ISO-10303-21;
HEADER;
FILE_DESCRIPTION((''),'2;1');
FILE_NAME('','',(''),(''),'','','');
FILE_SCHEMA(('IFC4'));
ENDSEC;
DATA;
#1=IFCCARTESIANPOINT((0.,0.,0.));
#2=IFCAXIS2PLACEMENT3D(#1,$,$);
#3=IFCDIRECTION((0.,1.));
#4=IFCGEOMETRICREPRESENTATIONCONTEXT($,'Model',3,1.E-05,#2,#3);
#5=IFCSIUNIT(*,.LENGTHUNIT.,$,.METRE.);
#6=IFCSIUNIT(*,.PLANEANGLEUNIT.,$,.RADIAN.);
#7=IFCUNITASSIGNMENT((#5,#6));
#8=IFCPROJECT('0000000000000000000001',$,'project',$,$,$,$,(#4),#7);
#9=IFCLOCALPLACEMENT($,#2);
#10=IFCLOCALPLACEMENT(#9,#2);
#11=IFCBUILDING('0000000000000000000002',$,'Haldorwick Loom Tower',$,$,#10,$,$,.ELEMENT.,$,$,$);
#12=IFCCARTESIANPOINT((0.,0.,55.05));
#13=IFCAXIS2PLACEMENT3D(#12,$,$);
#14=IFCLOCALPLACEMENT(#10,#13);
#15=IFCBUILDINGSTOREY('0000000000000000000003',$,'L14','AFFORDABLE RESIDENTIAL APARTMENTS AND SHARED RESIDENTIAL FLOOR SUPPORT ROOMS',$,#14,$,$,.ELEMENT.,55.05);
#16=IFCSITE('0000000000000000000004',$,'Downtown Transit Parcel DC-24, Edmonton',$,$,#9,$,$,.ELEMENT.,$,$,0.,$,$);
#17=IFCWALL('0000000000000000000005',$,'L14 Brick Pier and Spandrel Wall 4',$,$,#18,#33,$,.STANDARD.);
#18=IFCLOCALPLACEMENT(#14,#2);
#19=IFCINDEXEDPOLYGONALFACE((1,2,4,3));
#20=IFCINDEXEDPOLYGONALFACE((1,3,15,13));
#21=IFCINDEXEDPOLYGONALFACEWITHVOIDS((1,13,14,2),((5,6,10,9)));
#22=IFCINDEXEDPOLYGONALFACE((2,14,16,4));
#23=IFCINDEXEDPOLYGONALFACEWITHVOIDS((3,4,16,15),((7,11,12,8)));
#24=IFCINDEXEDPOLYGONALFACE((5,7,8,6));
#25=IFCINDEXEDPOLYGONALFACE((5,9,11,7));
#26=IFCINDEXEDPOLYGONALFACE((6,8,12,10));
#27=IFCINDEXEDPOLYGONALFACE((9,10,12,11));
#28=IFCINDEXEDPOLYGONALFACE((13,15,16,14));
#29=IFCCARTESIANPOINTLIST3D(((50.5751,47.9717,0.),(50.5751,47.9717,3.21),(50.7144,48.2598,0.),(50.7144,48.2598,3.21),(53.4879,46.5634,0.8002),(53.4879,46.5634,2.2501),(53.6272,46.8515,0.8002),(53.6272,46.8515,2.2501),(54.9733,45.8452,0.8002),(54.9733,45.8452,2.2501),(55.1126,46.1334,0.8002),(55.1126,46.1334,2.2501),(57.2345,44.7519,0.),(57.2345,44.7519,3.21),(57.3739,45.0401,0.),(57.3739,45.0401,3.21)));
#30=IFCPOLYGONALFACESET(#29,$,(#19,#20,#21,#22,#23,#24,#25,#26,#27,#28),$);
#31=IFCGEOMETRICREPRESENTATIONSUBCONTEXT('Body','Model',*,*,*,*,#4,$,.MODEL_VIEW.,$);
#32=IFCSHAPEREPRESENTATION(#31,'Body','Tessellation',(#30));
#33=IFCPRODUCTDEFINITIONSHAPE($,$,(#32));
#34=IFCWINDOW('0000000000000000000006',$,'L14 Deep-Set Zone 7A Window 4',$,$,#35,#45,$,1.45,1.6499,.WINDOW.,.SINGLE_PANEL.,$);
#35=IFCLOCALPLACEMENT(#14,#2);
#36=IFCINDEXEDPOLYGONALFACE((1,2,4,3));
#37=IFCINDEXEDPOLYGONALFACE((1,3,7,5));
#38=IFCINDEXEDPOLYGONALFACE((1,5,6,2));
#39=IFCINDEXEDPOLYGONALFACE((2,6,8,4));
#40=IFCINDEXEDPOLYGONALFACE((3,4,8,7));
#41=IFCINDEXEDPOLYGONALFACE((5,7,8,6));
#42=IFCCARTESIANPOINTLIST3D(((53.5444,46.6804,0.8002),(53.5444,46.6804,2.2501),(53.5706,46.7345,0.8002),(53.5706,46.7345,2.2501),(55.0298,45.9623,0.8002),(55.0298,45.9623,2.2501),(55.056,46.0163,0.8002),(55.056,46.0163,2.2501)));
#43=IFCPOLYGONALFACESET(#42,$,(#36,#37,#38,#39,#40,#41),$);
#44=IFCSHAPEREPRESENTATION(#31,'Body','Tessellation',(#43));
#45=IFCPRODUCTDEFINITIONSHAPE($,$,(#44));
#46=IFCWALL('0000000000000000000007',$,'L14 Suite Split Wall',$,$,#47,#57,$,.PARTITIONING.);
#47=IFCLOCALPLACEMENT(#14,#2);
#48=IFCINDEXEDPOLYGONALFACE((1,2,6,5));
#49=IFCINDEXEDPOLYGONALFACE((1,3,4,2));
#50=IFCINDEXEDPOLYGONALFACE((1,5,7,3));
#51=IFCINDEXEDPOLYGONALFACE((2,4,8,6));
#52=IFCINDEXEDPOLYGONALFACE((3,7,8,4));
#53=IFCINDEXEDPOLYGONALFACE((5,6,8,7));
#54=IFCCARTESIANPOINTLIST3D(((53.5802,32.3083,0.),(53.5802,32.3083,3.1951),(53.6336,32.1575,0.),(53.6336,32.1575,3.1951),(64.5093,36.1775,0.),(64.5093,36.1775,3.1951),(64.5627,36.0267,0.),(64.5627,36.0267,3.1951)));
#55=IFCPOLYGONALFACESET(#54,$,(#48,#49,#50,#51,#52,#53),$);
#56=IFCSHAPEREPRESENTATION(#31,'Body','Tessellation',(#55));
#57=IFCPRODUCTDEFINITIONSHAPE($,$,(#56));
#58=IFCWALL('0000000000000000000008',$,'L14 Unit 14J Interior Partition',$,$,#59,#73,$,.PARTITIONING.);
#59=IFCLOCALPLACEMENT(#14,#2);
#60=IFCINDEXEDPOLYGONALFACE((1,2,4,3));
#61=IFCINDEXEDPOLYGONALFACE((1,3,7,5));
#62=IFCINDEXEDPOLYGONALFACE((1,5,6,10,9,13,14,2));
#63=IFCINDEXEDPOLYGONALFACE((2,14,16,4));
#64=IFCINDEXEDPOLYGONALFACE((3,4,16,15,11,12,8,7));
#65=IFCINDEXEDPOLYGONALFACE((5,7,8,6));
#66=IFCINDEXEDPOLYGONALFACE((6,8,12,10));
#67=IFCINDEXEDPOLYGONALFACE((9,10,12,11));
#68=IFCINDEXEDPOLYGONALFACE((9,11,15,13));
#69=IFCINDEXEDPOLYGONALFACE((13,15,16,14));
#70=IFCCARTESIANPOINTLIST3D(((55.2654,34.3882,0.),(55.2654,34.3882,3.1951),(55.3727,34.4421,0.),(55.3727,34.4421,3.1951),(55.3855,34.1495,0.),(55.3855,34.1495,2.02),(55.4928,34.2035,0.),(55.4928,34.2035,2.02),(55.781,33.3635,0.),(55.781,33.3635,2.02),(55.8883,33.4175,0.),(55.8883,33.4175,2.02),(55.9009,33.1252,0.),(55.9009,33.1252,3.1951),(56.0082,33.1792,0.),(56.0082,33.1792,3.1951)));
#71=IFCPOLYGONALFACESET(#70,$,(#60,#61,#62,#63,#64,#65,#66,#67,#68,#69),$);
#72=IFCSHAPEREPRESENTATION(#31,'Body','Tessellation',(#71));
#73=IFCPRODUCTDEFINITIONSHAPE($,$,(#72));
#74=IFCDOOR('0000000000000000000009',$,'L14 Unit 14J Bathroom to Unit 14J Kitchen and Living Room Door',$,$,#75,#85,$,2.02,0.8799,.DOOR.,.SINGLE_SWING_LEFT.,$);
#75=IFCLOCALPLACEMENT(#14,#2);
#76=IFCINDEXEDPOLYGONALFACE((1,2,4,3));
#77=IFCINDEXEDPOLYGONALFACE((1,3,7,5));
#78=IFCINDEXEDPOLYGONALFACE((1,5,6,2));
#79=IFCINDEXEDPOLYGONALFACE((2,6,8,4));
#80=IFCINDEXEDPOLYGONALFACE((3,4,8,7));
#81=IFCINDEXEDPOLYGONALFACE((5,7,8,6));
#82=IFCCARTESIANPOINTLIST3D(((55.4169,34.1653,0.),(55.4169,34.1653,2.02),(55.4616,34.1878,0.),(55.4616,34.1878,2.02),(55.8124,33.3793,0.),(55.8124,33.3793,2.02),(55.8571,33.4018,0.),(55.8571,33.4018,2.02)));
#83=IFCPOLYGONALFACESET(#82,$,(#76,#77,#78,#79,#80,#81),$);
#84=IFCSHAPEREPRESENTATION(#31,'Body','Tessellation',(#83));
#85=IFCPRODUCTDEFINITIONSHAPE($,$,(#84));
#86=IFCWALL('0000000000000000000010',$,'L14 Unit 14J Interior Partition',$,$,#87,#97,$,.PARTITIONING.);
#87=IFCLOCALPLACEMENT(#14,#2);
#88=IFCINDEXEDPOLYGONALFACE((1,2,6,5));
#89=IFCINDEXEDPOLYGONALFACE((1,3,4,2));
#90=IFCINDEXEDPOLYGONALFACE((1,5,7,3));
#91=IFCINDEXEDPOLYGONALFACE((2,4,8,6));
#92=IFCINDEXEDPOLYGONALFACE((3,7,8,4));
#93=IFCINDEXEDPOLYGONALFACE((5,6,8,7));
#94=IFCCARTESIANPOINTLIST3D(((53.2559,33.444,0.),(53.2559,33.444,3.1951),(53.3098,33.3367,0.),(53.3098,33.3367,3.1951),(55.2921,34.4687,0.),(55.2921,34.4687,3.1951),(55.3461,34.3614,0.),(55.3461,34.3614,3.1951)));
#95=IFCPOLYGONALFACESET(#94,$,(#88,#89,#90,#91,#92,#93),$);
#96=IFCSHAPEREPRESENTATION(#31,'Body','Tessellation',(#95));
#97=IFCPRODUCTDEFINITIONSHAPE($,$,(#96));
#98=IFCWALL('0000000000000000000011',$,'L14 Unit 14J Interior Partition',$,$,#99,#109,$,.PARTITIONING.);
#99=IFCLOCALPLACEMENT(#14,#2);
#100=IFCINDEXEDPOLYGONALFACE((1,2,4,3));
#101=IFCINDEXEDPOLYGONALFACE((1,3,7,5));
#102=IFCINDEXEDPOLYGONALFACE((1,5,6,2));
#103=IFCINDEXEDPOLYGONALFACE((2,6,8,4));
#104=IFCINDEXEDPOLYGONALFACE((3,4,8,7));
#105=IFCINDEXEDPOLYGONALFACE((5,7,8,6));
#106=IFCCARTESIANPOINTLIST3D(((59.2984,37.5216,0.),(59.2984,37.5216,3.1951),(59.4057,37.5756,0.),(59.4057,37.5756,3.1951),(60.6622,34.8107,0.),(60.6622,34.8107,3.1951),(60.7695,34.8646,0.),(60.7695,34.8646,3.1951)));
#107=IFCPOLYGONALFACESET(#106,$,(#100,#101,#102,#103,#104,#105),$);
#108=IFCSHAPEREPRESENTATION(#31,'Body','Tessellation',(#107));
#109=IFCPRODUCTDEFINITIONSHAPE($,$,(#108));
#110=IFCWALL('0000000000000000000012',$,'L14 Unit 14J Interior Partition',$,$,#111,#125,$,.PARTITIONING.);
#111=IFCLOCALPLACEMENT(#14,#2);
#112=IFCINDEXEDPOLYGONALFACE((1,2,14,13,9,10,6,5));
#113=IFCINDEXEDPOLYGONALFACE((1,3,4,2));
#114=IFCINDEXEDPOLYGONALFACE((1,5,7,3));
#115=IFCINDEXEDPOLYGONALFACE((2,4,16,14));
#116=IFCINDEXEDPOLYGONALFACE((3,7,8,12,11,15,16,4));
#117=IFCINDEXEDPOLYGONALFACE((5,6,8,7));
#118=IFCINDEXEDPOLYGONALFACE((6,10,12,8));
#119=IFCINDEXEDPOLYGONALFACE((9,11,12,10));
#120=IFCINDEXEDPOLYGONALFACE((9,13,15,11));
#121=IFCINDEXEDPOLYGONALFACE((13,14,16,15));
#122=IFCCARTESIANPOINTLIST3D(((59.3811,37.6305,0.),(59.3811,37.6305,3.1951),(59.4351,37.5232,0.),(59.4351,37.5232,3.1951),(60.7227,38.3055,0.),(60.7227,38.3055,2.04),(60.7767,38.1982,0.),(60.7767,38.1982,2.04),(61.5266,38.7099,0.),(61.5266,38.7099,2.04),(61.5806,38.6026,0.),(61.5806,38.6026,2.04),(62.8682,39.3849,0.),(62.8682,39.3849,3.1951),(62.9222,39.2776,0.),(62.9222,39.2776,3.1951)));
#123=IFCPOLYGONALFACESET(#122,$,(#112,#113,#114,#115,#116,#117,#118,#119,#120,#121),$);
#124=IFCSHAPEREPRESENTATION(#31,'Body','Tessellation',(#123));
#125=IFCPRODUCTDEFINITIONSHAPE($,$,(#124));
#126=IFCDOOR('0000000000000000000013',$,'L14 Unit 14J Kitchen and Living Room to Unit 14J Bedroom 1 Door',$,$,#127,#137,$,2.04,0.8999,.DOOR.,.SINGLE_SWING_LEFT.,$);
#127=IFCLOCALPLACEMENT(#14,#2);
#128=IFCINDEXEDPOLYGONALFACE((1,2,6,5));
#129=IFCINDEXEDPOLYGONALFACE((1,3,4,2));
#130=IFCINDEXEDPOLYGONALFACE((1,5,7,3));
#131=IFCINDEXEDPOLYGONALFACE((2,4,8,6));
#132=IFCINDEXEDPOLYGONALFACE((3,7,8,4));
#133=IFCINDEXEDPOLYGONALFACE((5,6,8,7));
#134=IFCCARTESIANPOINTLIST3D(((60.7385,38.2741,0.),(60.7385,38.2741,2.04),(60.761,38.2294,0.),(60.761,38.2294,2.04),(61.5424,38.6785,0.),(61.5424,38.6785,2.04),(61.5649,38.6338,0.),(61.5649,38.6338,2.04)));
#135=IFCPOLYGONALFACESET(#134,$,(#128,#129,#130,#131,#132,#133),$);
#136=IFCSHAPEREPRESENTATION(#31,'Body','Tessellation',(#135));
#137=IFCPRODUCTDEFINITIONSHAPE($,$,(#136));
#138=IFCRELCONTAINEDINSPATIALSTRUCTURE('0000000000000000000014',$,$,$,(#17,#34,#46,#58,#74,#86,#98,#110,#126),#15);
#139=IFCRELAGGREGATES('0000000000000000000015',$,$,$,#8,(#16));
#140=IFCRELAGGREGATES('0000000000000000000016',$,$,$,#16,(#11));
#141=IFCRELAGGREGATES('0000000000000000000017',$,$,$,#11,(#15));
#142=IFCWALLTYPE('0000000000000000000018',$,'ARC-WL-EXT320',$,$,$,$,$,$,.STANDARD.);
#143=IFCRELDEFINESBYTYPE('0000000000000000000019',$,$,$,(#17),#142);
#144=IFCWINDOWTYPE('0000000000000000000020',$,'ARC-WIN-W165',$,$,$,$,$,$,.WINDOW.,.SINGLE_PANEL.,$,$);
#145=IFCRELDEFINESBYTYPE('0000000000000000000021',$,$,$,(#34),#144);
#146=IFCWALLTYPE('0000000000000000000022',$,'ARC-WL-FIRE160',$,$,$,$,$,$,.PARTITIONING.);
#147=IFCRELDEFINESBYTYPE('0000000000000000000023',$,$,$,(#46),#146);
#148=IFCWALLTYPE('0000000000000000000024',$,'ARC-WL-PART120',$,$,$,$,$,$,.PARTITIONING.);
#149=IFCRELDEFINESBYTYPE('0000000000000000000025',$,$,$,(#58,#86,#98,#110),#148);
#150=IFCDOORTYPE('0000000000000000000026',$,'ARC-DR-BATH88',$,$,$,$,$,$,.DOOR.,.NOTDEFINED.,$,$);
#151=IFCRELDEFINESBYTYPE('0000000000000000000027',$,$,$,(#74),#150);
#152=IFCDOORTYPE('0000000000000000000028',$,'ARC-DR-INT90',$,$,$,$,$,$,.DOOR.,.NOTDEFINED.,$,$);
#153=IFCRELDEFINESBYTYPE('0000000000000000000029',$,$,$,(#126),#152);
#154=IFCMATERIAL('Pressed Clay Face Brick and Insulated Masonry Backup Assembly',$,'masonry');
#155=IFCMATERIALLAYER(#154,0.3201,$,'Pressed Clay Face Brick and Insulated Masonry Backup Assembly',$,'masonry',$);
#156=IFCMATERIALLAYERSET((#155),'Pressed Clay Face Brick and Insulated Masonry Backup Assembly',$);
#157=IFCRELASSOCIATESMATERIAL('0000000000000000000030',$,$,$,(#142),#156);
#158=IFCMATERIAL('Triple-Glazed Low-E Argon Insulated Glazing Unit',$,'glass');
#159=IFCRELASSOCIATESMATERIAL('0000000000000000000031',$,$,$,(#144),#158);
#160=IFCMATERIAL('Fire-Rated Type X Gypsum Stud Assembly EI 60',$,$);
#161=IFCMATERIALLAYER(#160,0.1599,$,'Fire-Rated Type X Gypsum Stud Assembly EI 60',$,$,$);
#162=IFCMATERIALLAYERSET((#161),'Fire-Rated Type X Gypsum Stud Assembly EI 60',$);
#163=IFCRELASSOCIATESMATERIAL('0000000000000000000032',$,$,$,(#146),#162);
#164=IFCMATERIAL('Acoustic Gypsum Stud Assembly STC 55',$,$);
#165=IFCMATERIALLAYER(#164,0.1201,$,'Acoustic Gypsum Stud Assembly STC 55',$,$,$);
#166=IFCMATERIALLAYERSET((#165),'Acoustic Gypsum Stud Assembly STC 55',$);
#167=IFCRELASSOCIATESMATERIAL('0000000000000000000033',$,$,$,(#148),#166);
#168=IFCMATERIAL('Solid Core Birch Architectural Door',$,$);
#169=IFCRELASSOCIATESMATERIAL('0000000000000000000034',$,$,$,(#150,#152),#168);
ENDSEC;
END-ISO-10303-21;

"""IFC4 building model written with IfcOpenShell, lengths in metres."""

from ifc_helpers import new_model, si_unit, direction, frame, frame_2d, origin, place, context, subcontext, project, spatial, rectangle, extrude, material, layer, layer_set, type_object, element, fill, save


model = new_model("IFC4")

# Units and contexts
model_context = context("Model", 3, precision=1e-05, world=origin(), true_north=direction((0.0, 1.0)))
body_context = subcontext(model_context, "Body", "Model", "MODEL_VIEW")
ifc_project = project(units=[si_unit("LENGTHUNIT", "METRE"), si_unit("PLANEANGLEUNIT", "RADIAN")], contexts=[model_context])

# Site, building, storey
site_placement = place(None, origin())
site = spatial("IfcSite", under=ifc_project, at=site_placement, Name="Downtown Transit Parcel DC-24, Edmonton", CompositionType="ELEMENT", RefElevation=0.0)
building_placement = place(site_placement, origin())
building = spatial("IfcBuilding", under=site, at=building_placement, Name="Haldorwick Loom Tower", CompositionType="ELEMENT")
storey_placement = place(building_placement, frame((0.0, 0.0, 55.05)))
storey = spatial("IfcBuildingStorey", under=building, at=storey_placement, Name="L14", Description="AFFORDABLE RESIDENTIAL APARTMENTS AND SHARED RESIDENTIAL FLOOR SUPPORT ROOMS", CompositionType="ELEMENT", Elevation=55.05)

# Wall, opening, window
ifc_material_1 = material(Name="Pressed Clay Face Brick and Insulated Masonry Backup Assembly", Category="masonry")
ifc_layer_1 = layer(ifc_material_1, 0.3201, Name="Pressed Clay Face Brick and Insulated Masonry Backup Assembly", Category="masonry")
ifc_layer_set_1 = layer_set([ifc_layer_1], Name="Pressed Clay Face Brick and Insulated Masonry Backup Assembly")
wall_type_1 = type_object("IfcWallType", Name="ARC-WL-EXT320", PredefinedType="STANDARD", material=ifc_layer_set_1)
ifc_material_2 = material(Name="Triple-Glazed Low-E Argon Insulated Glazing Unit", Category="glass")
window_type = type_object("IfcWindowType", Name="ARC-WIN-W165", PartitioningType="SINGLE_PANEL", PredefinedType="WINDOW", material=ifc_material_2)
wall_1_placement = place(storey_placement, frame((57.3042, 44.896, 0.0), z_axis=(0.0, 0.0, 1.0), x_axis=(-0.900296, 0.435279, 0.0)))
wall_1 = element("IfcWall", 1, at=wall_1_placement, inside=storey, type_object=wall_type_1, Name="L14 Brick Pier and Spandrel Wall 4", PredefinedType="STANDARD", context=body_context, shape_type="SweptSolid", body=[
    extrude(rectangle(XDim=7.397, YDim=0.3201, at=frame_2d((3.6985, 0.0))), origin(), (0.0, 0.0, 1.0), 3.21),
])
opening_1_placement = place(wall_1_placement, frame((2.5117, 0.0, 0.8)))
opening_1 = element("IfcOpeningElement", 2, at=opening_1_placement, cuts=wall_1, PredefinedType="OPENING", context=body_context, shape_type="SweptSolid", body=[
    extrude(rectangle(XDim=1.6499, YDim=1.45, at=frame_2d((0.825, 0.7251))), frame((0.0, 0.1699, 0.0), z_axis=(0.0, -1.0, 0.0), x_axis=(1.0, 0.0, 0.0)), (0.0, 0.0, 1.0), 0.3401),
])
window_1_placement = place(opening_1_placement, origin())
window_1 = element("IfcWindow", 3, at=window_1_placement, inside=storey, type_object=window_type, Name="L14 Deep-Set Zone 7A Window 4", OverallHeight=1.45, OverallWidth=1.6499, PartitioningType="SINGLE_PANEL", PredefinedType="WINDOW", context=body_context, shape_type="SweptSolid", body=[
    extrude(rectangle(XDim=1.6499, YDim=1.45, at=frame_2d((0.825, 0.7251))), frame((0.0, 0.03, 0.0), z_axis=(0.0, -1.0, 0.0), x_axis=(1.0, 0.0, 0.0)), (0.0, 0.0, 1.0), 0.0601),
])
fill(opening_1, window_1)

# Wall
ifc_material_3 = material(Name="Fire-Rated Type X Gypsum Stud Assembly EI 60")
ifc_layer_2 = layer(ifc_material_3, 0.1599, Name="Fire-Rated Type X Gypsum Stud Assembly EI 60")
ifc_layer_set_2 = layer_set([ifc_layer_2], Name="Fire-Rated Type X Gypsum Stud Assembly EI 60")
wall_type_2 = type_object("IfcWallType", Name="ARC-WL-FIRE160", PredefinedType="PARTITIONING", material=ifc_layer_set_2)
wall_2_placement = place(storey_placement, frame((53.6069, 32.2329, 0.0), z_axis=(0.0, 0.0, 1.0), x_axis=(0.942669, 0.33373, 0.0)))
element("IfcWall", 4, at=wall_2_placement, inside=storey, type_object=wall_type_2, Name="L14 Suite Split Wall", PredefinedType="PARTITIONING", context=body_context, shape_type="SweptSolid", body=[
    extrude(rectangle(XDim=11.5938, YDim=0.1599, at=frame_2d((5.7969, 0.0))), origin(), (0.0, 0.0, 1.0), 3.1951),
])

# Wall, opening, door
ifc_material_4 = material(Name="Acoustic Gypsum Stud Assembly STC 55")
ifc_layer_3 = layer(ifc_material_4, 0.1201, Name="Acoustic Gypsum Stud Assembly STC 55")
ifc_layer_set_3 = layer_set([ifc_layer_3], Name="Acoustic Gypsum Stud Assembly STC 55")
wall_type_3 = type_object("IfcWallType", Name="ARC-WL-PART120", PredefinedType="PARTITIONING", material=ifc_layer_set_3)
wall_3_placement = place(storey_placement, frame((55.9546, 33.1521, 0.0), z_axis=(0.0, 0.0, 1.0), x_axis=(-0.449492, 0.893285, 0.0)))
wall_3 = element("IfcWall", 5, at=wall_3_placement, inside=storey, type_object=wall_type_3, Name="L14 Unit 14J Interior Partition", PredefinedType="PARTITIONING", context=body_context, shape_type="SweptSolid", body=[
    extrude(rectangle(XDim=1.4138, YDim=0.1201, at=frame_2d((0.707, 0.0))), origin(), (0.0, 0.0, 1.0), 3.1951),
])
opening_2_placement = place(wall_3_placement, frame((0.2668, 0.0, 0.0)))
opening_2 = element("IfcOpeningElement", 6, at=opening_2_placement, cuts=wall_3, PredefinedType="OPENING", context=body_context, shape_type="SweptSolid", body=[
    extrude(rectangle(XDim=0.8799, YDim=2.02, at=frame_2d((0.4399, 1.01))), frame((0.0, 0.0701, 0.0), z_axis=(0.0, -1.0, 0.0), x_axis=(1.0, 0.0, 0.0)), (0.0, 0.0, 1.0), 0.1401),
])
ifc_material_5 = material(Name="Solid Core Birch Architectural Door")
door_type_1 = type_object("IfcDoorType", Name="ARC-DR-BATH88", OperationType="NOTDEFINED", PredefinedType="DOOR", material=ifc_material_5)
door_1_placement = place(opening_2_placement, origin())
door_1 = element("IfcDoor", 7, at=door_1_placement, inside=storey, type_object=door_type_1, Name="L14 Unit 14J Bathroom to Unit 14J Kitchen and Living Room Door", OperationType="SINGLE_SWING_LEFT", OverallHeight=2.02, OverallWidth=0.8799, PredefinedType="DOOR", context=body_context, shape_type="SweptSolid", body=[
    extrude(rectangle(XDim=0.8799, YDim=2.02, at=frame_2d((0.4399, 1.01))), frame((0.0, 0.0249, 0.0), z_axis=(0.0, -1.0, 0.0), x_axis=(1.0, 0.0, 0.0)), (0.0, 0.0, 1.0), 0.05),
])
fill(opening_2, door_1)

# Walls
wall_4_placement = place(storey_placement, frame((53.283, 33.3904, 0.0), z_axis=(0.0, 0.0, 1.0), x_axis=(0.893267, 0.449526, 0.0)))
element("IfcWall", 8, at=wall_4_placement, inside=storey, type_object=wall_type_3, Name="L14 Unit 14J Interior Partition", PredefinedType="PARTITIONING", context=body_context, shape_type="SweptSolid", body=[
    extrude(rectangle(XDim=2.2795, YDim=0.1201, at=frame_2d((1.1396, 0.0))), origin(), (0.0, 0.0, 1.0), 3.1951),
])
wall_5_placement = place(storey_placement, frame((60.7158, 34.8376, 0.0), z_axis=(0.0, 0.0, 1.0), x_axis=(-0.449401, 0.89333, 0.0)))
element("IfcWall", 9, at=wall_5_placement, inside=storey, type_object=wall_type_3, Name="L14 Unit 14J Interior Partition", PredefinedType="PARTITIONING", context=body_context, shape_type="SweptSolid", body=[
    extrude(rectangle(XDim=3.0347, YDim=0.1201, at=frame_2d((1.5173, 0.0))), origin(), (0.0, 0.0, 1.0), 3.1951),
])

# Wall, opening, door
wall_6_placement = place(storey_placement, frame((59.4082, 37.5769, 0.0), z_axis=(0.0, 0.0, 1.0), x_axis=(0.893311, 0.449439, 0.0)))
wall_6 = element("IfcWall", 10, at=wall_6_placement, inside=storey, type_object=wall_type_3, Name="L14 Unit 14J Interior Partition", PredefinedType="PARTITIONING", context=body_context, shape_type="SweptSolid", body=[
    extrude(rectangle(XDim=3.9036, YDim=0.1201, at=frame_2d((1.9517, 0.0))), origin(), (0.0, 0.0, 1.0), 3.1951),
])
opening_3_placement = place(wall_6_placement, frame((1.5017, 0.0, 0.0)))
opening_3 = element("IfcOpeningElement", 11, at=opening_3_placement, cuts=wall_6, PredefinedType="OPENING", context=body_context, shape_type="SweptSolid", body=[
    extrude(rectangle(XDim=0.8999, YDim=2.04, at=frame_2d((0.45, 1.02))), frame((0.0, 0.0701, 0.0), z_axis=(0.0, -1.0, 0.0), x_axis=(1.0, 0.0, 0.0)), (0.0, 0.0, 1.0), 0.1401),
])
door_type_2 = type_object("IfcDoorType", Name="ARC-DR-INT90", OperationType="NOTDEFINED", PredefinedType="DOOR", material=ifc_material_5)
door_2_placement = place(opening_3_placement, origin())
door_2 = element("IfcDoor", 12, at=door_2_placement, inside=storey, type_object=door_type_2, Name="L14 Unit 14J Kitchen and Living Room to Unit 14J Bedroom 1 Door", OperationType="SINGLE_SWING_LEFT", OverallHeight=2.04, OverallWidth=0.8999, PredefinedType="DOOR", context=body_context, shape_type="SweptSolid", body=[
    extrude(rectangle(XDim=0.8999, YDim=2.04, at=frame_2d((0.45, 1.02))), frame((0.0, 0.0249, 0.0), z_axis=(0.0, -1.0, 0.0), x_axis=(1.0, 0.0, 0.0)), (0.0, 0.0, 1.0), 0.05),
])
fill(opening_3, door_2)

save(model, "model.ifc")
